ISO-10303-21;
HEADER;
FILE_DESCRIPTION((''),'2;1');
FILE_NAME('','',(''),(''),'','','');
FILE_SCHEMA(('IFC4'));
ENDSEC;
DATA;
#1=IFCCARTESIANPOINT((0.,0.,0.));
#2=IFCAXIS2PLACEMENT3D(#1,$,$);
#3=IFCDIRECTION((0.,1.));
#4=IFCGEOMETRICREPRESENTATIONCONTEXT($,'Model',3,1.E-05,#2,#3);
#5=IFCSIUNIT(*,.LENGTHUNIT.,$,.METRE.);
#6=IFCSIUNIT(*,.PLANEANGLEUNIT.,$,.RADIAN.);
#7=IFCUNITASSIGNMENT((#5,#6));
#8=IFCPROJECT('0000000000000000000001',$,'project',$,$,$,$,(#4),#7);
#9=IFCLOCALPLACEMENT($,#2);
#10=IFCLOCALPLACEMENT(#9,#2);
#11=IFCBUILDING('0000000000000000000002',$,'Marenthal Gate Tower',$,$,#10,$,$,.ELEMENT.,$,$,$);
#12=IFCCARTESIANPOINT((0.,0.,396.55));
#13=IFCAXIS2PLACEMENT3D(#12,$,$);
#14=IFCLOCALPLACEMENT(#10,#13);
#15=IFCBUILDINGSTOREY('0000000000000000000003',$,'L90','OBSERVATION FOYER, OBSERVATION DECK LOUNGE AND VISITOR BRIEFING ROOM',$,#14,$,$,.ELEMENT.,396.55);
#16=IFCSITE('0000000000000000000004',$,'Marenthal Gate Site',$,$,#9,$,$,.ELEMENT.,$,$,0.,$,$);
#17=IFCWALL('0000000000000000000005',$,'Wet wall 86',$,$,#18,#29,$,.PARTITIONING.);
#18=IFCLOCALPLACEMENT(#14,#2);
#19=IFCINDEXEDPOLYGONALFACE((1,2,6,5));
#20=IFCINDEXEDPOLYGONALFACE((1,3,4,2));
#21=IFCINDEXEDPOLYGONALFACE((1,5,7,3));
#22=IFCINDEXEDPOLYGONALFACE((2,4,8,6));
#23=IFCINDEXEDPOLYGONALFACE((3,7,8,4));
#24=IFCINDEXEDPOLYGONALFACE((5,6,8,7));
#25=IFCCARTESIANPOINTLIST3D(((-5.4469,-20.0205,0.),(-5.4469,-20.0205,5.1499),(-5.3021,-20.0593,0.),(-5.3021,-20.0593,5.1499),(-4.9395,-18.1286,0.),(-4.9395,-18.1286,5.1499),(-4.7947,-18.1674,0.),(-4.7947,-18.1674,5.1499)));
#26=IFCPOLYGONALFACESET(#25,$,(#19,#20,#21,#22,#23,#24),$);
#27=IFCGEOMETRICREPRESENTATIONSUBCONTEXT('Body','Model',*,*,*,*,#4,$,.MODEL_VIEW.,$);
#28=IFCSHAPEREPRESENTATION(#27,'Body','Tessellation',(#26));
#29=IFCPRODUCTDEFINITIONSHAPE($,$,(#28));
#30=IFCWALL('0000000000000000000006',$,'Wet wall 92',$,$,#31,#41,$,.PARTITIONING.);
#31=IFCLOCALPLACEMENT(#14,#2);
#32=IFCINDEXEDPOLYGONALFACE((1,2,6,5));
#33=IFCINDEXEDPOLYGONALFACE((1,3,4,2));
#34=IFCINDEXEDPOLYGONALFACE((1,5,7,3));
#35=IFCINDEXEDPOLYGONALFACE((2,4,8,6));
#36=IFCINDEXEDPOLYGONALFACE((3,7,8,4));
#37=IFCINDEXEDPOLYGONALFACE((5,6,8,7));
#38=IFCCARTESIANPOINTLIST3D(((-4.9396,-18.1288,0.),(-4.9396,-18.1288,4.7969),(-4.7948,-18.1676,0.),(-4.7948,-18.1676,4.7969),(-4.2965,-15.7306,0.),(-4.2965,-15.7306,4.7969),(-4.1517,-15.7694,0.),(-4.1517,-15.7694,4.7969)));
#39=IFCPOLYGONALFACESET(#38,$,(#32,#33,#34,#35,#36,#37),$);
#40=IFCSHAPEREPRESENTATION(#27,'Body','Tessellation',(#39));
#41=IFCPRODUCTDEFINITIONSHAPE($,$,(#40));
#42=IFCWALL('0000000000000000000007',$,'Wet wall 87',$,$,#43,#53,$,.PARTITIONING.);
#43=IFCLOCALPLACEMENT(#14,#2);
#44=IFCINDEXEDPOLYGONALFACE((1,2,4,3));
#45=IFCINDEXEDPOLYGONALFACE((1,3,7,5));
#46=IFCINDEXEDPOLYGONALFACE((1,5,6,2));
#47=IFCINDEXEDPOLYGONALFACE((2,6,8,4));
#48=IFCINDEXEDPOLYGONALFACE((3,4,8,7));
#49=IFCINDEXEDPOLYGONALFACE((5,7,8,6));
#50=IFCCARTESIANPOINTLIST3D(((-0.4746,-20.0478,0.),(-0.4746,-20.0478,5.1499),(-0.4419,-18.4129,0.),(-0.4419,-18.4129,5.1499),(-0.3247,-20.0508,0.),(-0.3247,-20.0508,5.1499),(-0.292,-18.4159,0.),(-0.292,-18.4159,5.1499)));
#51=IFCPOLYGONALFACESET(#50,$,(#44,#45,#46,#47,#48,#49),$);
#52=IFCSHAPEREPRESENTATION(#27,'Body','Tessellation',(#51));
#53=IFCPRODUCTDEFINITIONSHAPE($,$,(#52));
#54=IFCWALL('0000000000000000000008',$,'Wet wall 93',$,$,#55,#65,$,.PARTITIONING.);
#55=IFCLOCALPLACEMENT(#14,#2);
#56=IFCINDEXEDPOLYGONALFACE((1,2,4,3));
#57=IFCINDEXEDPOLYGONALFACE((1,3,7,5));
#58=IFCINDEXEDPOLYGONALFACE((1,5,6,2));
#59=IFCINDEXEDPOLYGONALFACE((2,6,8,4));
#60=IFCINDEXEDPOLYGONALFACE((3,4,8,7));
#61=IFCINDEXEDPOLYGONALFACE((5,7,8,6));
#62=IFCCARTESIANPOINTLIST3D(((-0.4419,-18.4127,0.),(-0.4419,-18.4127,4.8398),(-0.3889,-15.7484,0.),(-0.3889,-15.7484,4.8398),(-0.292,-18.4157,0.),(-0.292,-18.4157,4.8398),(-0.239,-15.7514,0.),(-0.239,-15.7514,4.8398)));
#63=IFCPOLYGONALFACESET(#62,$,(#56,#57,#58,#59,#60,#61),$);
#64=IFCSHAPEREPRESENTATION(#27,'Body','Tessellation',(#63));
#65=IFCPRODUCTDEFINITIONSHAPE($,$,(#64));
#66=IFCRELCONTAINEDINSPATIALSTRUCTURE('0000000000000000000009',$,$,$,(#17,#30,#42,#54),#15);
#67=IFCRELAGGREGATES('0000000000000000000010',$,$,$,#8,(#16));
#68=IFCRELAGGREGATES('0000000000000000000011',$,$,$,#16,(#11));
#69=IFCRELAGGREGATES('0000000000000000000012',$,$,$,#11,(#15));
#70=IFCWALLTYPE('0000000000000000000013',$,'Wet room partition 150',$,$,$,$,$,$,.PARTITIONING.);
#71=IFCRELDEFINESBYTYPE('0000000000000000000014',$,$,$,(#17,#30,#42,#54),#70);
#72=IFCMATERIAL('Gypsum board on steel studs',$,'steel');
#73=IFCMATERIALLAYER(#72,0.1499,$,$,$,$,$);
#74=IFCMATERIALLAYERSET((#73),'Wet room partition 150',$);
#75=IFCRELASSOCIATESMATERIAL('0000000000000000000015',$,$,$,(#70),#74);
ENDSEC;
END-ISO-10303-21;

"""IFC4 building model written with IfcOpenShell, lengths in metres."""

from ifc_helpers import new_model, si_unit, direction, frame, frame_2d, origin, place, context, subcontext, project, spatial, rectangle, extrude, material, layer, layer_set, type_object, element, save


model = new_model("IFC4")

# Units and contexts
model_context = context("Model", 3, precision=1e-05, world=origin(), true_north=direction((0.0, 1.0)))
body_context = subcontext(model_context, "Body", "Model", "MODEL_VIEW")
ifc_project = project(units=[si_unit("LENGTHUNIT", "METRE"), si_unit("PLANEANGLEUNIT", "RADIAN")], contexts=[model_context])

# Site, building, storey
site_placement = place(None, origin())
site = spatial("IfcSite", under=ifc_project, at=site_placement, Name="Marenthal Gate Site", CompositionType="ELEMENT", RefElevation=0.0)
building_placement = place(site_placement, origin())
building = spatial("IfcBuilding", under=site, at=building_placement, Name="Marenthal Gate Tower", CompositionType="ELEMENT")
storey_placement = place(building_placement, frame((0.0, 0.0, 396.55)))
storey = spatial("IfcBuildingStorey", under=building, at=storey_placement, Name="L90", Description="OBSERVATION FOYER, OBSERVATION DECK LOUNGE AND VISITOR BRIEFING ROOM", CompositionType="ELEMENT", Elevation=396.55)

# Walls
ifc_material_1 = material(Name="Gypsum board on steel studs", Category="steel")
ifc_layer_1 = layer(ifc_material_1, 0.1499)
ifc_layer_set_1 = layer_set([ifc_layer_1], Name="Wet room partition 150")
wall_type = type_object("IfcWallType", Name="Wet room partition 150", PredefinedType="PARTITIONING", material=ifc_layer_set_1)
wall_1_placement = place(storey_placement, frame((-5.3745, -20.04, 0.0), z_axis=(0.0, 0.0, 1.0), x_axis=(0.259012, 0.965874, 0.0)))
element("IfcWall", 1, at=wall_1_placement, inside=storey, type_object=wall_type, Name="Wet wall 86", PredefinedType="PARTITIONING", context=body_context, shape_type="SweptSolid", body=[
    extrude(rectangle(XDim=1.9587, YDim=0.1499, at=frame_2d((0.9795, 0.0))), origin(), (0.0, 0.0, 1.0), 5.1499),
])
wall_2_placement = place(storey_placement, frame((-4.8672, -18.1482, 0.0), z_axis=(0.0, 0.0, 1.0), x_axis=(0.258997, 0.965878, 0.0)))
element("IfcWall", 2, at=wall_2_placement, inside=storey, type_object=wall_type, Name="Wet wall 92", PredefinedType="PARTITIONING", context=body_context, shape_type="SweptSolid", body=[
    extrude(rectangle(XDim=2.4829, YDim=0.1499, at=frame_2d((1.2415, 0.0))), origin(), (0.0, 0.0, 1.0), 4.7969),
])
wall_3_placement = place(storey_placement, frame((-0.3997, -20.0493, 0.0), z_axis=(0.0, 0.0, 1.0), x_axis=(0.020005, 0.9998, 0.0)))
element("IfcWall", 3, at=wall_3_placement, inside=storey, type_object=wall_type, Name="Wet wall 87", PredefinedType="PARTITIONING", context=body_context, shape_type="SweptSolid", body=[
    extrude(rectangle(XDim=1.6353, YDim=0.1499, at=frame_2d((0.8176, 0.0))), origin(), (0.0, 0.0, 1.0), 5.1499),
])
wall_4_placement = place(storey_placement, frame((-0.3669, -18.4143, 0.0), z_axis=(0.0, 0.0, 1.0), x_axis=(0.019881, 0.999802, 0.0)))
element("IfcWall", 4, at=wall_4_placement, inside=storey, type_object=wall_type, Name="Wet wall 93", PredefinedType="PARTITIONING", context=body_context, shape_type="SweptSolid", body=[
    extrude(rectangle(XDim=2.6648, YDim=0.1499, at=frame_2d((1.3325, 0.0))), origin(), (0.0, 0.0, 1.0), 4.8398),
])

save(model, "model.ifc")
